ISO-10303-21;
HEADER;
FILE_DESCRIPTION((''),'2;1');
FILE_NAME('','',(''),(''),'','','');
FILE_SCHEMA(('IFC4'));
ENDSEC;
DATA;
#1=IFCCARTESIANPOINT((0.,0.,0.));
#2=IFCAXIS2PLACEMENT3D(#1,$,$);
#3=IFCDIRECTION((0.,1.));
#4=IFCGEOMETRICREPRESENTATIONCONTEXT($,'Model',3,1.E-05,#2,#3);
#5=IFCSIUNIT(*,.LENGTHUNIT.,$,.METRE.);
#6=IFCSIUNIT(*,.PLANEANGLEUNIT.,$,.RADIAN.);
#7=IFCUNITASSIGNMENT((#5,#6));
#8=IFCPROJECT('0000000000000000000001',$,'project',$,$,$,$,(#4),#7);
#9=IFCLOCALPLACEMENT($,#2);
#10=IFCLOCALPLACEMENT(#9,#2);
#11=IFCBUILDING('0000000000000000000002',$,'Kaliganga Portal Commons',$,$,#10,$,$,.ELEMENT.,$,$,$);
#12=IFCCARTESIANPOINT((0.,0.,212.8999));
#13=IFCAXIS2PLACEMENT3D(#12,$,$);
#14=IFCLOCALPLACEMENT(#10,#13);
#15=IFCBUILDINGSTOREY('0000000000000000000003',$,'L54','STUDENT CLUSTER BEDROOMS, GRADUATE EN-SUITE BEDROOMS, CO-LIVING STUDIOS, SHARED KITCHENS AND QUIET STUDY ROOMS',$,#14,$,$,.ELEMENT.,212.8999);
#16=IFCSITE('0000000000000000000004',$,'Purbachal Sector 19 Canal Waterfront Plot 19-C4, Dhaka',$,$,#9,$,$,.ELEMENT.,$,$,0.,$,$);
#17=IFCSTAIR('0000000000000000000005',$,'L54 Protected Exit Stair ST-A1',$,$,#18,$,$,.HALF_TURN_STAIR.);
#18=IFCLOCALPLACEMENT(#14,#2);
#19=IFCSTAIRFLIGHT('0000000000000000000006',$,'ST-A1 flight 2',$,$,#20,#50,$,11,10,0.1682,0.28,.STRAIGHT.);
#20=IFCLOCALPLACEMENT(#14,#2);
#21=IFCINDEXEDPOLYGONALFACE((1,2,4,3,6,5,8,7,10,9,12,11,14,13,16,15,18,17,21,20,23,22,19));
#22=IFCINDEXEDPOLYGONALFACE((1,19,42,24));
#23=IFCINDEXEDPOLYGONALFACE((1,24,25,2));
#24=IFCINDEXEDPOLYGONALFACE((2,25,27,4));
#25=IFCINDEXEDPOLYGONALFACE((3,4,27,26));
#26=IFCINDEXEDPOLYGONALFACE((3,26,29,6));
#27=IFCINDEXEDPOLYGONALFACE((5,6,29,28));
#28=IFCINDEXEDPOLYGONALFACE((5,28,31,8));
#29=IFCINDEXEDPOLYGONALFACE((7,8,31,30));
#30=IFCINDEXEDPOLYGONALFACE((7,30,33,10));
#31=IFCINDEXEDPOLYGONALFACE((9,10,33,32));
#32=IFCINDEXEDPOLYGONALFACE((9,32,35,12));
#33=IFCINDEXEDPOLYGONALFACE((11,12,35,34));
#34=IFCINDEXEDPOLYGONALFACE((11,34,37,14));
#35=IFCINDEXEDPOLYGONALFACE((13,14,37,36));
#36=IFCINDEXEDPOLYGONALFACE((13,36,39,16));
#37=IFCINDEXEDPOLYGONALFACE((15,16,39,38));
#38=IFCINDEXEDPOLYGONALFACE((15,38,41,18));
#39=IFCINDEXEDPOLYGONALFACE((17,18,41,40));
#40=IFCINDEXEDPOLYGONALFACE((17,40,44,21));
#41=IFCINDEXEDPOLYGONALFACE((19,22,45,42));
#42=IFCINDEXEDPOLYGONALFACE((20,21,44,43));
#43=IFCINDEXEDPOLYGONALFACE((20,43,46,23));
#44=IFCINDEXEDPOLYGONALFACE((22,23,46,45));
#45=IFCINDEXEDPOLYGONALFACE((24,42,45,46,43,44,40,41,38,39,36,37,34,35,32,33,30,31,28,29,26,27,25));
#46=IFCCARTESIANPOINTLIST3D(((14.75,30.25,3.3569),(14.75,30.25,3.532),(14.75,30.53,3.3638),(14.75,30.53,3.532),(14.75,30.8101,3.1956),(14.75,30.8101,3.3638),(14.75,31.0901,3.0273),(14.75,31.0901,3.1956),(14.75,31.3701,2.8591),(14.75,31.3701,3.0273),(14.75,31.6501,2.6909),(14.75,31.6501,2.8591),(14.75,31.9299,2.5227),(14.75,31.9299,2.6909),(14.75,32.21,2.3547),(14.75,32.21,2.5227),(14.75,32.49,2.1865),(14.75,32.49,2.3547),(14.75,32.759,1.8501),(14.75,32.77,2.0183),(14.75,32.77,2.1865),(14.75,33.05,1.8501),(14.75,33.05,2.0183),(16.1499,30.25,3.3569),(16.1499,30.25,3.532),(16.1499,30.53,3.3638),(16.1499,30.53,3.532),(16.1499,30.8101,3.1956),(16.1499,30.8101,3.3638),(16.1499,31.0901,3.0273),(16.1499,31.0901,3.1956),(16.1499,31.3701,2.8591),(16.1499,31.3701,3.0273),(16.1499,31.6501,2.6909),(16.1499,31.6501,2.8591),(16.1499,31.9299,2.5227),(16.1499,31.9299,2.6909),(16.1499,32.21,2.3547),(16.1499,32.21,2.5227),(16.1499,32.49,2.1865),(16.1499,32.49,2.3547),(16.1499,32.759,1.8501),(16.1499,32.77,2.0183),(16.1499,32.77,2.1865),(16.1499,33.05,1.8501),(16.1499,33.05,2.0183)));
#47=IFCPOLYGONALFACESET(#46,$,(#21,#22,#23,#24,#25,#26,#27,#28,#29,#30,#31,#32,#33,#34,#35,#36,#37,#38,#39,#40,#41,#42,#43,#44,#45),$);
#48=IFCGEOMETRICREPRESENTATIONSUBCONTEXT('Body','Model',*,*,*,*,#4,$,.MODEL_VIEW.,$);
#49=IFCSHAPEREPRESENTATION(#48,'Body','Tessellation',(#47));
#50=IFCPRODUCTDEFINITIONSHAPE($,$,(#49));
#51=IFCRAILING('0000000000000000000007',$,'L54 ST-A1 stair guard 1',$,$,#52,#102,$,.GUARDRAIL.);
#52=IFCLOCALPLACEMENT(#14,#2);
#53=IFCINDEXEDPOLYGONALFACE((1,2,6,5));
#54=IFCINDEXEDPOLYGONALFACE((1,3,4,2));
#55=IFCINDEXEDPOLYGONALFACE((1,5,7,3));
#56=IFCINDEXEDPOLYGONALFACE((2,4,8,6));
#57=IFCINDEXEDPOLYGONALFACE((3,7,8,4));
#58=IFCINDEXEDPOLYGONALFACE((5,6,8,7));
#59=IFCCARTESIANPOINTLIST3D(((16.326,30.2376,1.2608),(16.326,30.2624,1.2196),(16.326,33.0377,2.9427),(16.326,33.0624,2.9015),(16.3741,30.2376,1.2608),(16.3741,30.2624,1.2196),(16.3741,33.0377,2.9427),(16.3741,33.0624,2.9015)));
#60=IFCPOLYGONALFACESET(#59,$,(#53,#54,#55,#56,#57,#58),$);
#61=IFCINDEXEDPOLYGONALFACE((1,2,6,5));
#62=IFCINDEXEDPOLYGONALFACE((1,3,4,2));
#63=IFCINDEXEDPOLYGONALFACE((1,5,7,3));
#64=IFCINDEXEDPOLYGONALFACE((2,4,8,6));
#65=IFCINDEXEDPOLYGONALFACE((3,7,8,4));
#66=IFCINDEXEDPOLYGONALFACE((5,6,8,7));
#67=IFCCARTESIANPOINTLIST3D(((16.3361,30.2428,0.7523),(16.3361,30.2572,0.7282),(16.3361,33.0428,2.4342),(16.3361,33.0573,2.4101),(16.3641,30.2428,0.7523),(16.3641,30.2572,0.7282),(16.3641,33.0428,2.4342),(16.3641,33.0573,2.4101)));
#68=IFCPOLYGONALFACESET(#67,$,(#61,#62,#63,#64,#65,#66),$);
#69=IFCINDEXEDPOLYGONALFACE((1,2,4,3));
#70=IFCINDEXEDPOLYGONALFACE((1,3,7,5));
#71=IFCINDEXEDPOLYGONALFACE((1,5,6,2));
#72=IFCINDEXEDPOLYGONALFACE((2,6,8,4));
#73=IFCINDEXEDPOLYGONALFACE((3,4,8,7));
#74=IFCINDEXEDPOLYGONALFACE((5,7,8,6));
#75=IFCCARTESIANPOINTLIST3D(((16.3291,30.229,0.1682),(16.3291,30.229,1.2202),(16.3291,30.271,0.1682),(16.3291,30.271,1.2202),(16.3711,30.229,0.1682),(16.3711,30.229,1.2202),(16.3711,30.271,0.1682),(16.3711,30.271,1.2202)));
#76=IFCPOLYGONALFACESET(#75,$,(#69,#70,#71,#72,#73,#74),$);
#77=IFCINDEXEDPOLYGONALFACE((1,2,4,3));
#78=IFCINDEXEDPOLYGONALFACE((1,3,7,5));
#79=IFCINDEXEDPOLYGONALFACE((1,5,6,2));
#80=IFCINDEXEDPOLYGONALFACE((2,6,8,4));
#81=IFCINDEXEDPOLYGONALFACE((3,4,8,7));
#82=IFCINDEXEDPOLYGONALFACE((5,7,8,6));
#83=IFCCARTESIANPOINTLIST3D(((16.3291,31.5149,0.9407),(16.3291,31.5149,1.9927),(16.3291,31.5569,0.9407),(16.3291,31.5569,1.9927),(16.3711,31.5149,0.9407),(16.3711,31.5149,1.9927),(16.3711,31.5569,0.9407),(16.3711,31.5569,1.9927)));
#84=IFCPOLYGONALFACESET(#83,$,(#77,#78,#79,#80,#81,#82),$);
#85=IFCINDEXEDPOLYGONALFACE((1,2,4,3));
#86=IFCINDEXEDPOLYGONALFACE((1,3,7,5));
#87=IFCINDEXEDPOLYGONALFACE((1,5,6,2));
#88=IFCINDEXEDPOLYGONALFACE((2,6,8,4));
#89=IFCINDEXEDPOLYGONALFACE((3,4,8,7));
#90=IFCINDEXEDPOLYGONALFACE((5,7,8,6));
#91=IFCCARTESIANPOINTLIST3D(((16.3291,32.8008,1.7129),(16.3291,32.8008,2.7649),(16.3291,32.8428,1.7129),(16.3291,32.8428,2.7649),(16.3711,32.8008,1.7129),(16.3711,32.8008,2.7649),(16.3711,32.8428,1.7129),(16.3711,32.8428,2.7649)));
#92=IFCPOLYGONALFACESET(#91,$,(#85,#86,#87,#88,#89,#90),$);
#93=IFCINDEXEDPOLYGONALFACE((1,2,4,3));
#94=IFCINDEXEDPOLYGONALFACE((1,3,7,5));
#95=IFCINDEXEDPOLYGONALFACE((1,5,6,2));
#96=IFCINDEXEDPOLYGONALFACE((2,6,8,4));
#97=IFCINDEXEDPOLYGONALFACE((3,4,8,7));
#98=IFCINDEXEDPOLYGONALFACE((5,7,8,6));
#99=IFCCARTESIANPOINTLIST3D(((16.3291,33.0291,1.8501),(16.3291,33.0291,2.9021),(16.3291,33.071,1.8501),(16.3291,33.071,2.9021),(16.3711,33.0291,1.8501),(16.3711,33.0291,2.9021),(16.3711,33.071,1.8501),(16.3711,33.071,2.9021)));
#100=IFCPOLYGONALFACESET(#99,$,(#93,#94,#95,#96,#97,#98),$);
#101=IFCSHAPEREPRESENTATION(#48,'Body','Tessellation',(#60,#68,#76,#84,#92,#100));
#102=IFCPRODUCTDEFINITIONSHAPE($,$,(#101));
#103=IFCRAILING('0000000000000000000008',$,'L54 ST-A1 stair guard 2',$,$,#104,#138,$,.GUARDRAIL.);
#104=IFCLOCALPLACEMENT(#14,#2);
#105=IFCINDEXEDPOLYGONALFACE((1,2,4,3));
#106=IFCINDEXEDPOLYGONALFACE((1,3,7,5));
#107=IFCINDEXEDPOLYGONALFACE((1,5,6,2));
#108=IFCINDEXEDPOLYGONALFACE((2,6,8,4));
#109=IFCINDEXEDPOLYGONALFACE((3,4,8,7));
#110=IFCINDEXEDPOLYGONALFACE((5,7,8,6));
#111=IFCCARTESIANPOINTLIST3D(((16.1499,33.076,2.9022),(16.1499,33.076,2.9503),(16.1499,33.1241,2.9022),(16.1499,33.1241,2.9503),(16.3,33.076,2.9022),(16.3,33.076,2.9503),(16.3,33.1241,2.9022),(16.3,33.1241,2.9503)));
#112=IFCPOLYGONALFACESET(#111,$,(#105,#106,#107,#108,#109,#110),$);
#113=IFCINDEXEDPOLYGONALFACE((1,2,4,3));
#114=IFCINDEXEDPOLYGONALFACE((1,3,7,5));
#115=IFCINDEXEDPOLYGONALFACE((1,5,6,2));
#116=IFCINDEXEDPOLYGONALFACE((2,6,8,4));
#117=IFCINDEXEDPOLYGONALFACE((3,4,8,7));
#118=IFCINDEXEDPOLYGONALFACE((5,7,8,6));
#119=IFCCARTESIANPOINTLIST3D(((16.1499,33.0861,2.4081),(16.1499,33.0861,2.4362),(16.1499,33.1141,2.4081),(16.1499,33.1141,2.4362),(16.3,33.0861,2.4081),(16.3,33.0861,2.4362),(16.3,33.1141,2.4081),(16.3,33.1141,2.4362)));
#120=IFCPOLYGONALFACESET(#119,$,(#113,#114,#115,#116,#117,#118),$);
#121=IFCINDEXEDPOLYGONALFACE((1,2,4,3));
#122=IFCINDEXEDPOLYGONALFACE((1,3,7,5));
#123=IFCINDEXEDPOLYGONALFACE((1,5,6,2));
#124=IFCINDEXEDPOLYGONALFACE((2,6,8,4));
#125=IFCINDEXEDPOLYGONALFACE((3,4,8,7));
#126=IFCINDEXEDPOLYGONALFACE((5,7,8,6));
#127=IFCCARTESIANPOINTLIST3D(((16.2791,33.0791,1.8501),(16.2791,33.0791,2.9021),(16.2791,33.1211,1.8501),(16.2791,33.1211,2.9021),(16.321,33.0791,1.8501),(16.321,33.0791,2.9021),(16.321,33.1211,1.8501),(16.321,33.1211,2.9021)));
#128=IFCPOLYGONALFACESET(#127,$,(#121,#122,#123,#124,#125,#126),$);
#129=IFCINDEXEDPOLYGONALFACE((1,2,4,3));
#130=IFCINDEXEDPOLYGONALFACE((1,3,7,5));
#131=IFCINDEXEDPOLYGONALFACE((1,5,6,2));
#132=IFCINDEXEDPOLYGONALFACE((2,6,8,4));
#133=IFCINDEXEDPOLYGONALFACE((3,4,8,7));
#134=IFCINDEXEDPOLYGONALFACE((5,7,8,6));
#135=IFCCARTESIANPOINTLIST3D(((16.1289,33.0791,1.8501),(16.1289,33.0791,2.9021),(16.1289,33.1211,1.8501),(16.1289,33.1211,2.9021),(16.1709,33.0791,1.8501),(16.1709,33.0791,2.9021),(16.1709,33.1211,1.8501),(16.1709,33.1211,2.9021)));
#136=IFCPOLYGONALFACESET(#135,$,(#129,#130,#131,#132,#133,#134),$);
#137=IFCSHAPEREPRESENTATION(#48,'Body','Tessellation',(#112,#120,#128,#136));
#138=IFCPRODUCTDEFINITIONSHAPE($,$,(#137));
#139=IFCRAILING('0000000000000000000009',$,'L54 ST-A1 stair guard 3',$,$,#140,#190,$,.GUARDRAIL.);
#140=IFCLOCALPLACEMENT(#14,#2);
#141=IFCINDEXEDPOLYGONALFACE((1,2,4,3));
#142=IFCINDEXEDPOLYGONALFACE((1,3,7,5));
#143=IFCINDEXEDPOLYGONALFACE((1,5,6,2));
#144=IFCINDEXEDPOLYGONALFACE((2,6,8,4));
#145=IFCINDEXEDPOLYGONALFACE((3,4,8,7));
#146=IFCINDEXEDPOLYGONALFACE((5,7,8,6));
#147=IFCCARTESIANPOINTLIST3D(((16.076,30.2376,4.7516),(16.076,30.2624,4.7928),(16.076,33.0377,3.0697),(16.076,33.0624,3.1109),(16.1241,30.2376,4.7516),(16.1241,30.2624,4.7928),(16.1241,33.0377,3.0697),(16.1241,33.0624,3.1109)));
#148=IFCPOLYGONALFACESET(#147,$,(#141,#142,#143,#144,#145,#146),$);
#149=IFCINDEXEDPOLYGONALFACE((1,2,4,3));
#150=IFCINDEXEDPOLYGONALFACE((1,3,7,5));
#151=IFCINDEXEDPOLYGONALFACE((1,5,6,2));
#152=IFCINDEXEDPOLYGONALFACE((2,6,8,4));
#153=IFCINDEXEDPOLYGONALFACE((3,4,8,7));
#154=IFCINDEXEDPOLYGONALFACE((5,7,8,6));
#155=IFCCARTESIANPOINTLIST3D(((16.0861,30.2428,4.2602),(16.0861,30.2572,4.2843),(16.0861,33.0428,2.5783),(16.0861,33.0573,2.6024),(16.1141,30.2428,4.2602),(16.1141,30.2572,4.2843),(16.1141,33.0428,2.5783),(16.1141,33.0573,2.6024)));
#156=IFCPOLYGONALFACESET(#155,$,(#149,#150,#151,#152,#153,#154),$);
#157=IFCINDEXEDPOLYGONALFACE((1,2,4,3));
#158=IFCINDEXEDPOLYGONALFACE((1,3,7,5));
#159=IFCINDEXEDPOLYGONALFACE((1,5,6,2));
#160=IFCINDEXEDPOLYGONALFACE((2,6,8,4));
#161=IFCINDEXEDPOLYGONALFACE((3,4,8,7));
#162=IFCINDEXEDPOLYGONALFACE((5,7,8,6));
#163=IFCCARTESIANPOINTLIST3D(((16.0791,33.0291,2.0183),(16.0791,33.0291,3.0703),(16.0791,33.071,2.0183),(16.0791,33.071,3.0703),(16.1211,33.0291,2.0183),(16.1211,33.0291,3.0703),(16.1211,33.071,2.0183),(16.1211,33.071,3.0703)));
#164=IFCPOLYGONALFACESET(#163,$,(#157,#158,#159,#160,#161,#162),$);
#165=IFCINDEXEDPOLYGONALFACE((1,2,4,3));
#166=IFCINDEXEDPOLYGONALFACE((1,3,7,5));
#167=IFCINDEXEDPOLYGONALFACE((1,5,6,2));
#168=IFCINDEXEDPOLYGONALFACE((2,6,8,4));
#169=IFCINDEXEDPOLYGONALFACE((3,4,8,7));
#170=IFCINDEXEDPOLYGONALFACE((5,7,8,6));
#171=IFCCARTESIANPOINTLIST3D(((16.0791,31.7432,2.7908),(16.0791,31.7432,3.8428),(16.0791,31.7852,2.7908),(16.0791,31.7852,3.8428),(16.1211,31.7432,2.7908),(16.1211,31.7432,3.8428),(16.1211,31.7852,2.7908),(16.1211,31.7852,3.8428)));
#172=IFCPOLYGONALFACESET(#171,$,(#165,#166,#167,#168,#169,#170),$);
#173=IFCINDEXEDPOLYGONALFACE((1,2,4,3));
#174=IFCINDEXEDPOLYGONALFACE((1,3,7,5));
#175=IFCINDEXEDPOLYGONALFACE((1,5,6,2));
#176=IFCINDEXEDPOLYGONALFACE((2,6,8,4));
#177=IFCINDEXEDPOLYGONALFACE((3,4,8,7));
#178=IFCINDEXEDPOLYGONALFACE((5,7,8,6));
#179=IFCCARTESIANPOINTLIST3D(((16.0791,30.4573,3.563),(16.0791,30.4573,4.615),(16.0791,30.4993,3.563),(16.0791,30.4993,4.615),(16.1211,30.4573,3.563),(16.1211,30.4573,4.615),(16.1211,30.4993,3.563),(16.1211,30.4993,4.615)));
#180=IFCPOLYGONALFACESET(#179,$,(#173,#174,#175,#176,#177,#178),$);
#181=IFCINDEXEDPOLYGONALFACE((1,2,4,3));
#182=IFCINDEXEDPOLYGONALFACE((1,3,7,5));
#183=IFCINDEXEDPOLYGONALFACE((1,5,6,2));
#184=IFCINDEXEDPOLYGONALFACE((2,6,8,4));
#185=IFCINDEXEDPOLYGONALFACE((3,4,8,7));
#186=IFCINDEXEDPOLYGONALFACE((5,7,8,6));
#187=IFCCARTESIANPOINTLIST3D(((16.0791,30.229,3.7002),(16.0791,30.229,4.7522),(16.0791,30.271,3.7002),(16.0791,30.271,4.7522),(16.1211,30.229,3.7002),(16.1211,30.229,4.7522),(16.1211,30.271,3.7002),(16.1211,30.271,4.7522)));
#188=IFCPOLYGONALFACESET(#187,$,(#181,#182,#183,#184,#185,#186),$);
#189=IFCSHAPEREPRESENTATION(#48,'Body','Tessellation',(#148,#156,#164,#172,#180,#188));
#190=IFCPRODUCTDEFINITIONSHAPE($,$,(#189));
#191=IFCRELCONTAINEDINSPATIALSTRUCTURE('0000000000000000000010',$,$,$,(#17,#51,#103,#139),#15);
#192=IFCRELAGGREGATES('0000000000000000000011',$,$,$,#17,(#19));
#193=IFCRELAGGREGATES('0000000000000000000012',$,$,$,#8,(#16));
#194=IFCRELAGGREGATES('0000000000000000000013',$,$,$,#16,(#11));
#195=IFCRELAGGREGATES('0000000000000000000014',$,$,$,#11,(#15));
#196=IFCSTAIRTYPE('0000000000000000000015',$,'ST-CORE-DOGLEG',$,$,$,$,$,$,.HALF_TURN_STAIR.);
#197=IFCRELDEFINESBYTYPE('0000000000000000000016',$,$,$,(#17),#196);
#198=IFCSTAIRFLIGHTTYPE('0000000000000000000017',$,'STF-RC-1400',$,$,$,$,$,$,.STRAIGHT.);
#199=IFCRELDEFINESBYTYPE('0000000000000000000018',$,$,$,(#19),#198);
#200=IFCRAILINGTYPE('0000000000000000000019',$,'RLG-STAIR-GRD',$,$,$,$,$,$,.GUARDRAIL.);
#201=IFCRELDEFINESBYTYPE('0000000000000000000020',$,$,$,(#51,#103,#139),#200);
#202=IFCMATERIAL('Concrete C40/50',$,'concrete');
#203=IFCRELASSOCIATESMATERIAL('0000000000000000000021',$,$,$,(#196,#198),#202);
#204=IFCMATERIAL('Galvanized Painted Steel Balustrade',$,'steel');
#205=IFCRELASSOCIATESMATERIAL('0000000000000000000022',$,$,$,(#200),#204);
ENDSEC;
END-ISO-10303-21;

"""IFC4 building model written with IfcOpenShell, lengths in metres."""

from ifc_helpers import new_model, si_unit, direction, frame, origin, origin_2d, place, context, subcontext, project, spatial, polyline, rectangle, outline, extrude, material, type_object, element, aggregate, save


model = new_model("IFC4")

# Units and contexts
model_context = context("Model", 3, precision=1e-05, world=origin(), true_north=direction((0.0, 1.0)))
body_context = subcontext(model_context, "Body", "Model", "MODEL_VIEW")
ifc_project = project(units=[si_unit("LENGTHUNIT", "METRE"), si_unit("PLANEANGLEUNIT", "RADIAN")], contexts=[model_context])

# Site, building, storey
site_placement = place(None, origin())
site = spatial("IfcSite", under=ifc_project, at=site_placement, Name="Purbachal Sector 19 Canal Waterfront Plot 19-C4, Dhaka", CompositionType="ELEMENT", RefElevation=0.0)
building_placement = place(site_placement, origin())
building = spatial("IfcBuilding", under=site, at=building_placement, Name="Kaliganga Portal Commons", CompositionType="ELEMENT")
storey_placement = place(building_placement, frame((0.0, 0.0, 212.8999)))
storey = spatial("IfcBuildingStorey", under=building, at=storey_placement, Name="L54", Description="STUDENT CLUSTER BEDROOMS, GRADUATE EN-SUITE BEDROOMS, CO-LIVING STUDIOS, SHARED KITCHENS AND QUIET STUDY ROOMS", CompositionType="ELEMENT", Elevation=212.8999)

# Stair, stair flight
ifc_material_1 = material(Name="Concrete C40/50", Category="concrete")
stair_type = type_object("IfcStairType", Name="ST-CORE-DOGLEG", PredefinedType="HALF_TURN_STAIR", material=ifc_material_1)
stair_placement = place(storey_placement, origin())
stair = element("IfcStair", 1, at=stair_placement, inside=storey, type_object=stair_type, Name="L54 Protected Exit Stair ST-A1", PredefinedType="HALF_TURN_STAIR")
stair_flight_type = type_object("IfcStairFlightType", Name="STF-RC-1400", PredefinedType="STRAIGHT", material=ifc_material_1)
stair_flight_1_placement = place(storey_placement, frame((15.45, 33.05, 1.8501), z_axis=(0.0, 0.0, 1.0), x_axis=(0.0, -1.0, 0.0)))
stair_flight_1 = element("IfcStairFlight", 2, at=stair_flight_1_placement, type_object=stair_flight_type, Name="ST-A1 flight 2", NumberOfRisers=11, NumberOfTreads=10, PredefinedType="STRAIGHT", RiserHeight=0.1682, TreadLength=0.28, context=body_context, shape_type="SweptSolid", body=[
    extrude(outline(polyline([(0.0, 0.0), (0.0, 0.1682), (0.28, 0.1682), (0.28, 0.3364), (0.5601, 0.3364), (0.5601, 0.5046), (0.8401, 0.5046), (0.8401, 0.6726), (1.1201, 0.6726), (1.1201, 0.8408), (1.3999, 0.8408), (1.3999, 1.009), (1.6799, 1.009), (1.6799, 1.1772), (1.96, 1.1772), (1.96, 1.3455), (2.24, 1.3455), (2.24, 1.5137), (2.52, 1.5137), (2.52, 1.6819), (2.8, 1.6819), (2.8, 1.8501), (2.8, 1.5068), (0.291, 0.0), (0.0, 0.0)])), frame((0.0, 0.7, 0.0), z_axis=(0.0, -1.0, 0.0), x_axis=(1.0, 0.0, 0.0)), (0.0, 0.0, 1.0), 1.3999),
])
aggregate(stair, [stair_flight_1])

# Railings
ifc_material_2 = material(Name="Galvanized Painted Steel Balustrade", Category="steel")
railing_type_1 = type_object("IfcRailingType", Name="RLG-STAIR-GRD", PredefinedType="GUARDRAIL", material=ifc_material_2)
railing_1_placement = place(storey_placement, frame((16.3501, 30.25, 0.1682)))
element("IfcRailing", 3, at=railing_1_placement, inside=storey, type_object=railing_type_1, Name="L54 ST-A1 stair guard 1", PredefinedType="GUARDRAIL", context=body_context, shape_type="SweptSolid", body=[
    extrude(rectangle(XDim=0.0481, YDim=0.0481, at=origin_2d()), frame((0.0, 0.0, 1.072), z_axis=(0.0, 0.857242, 0.514913), x_axis=(-1.0, 0.0, 0.0)), (0.0, 0.0, 1.0), 3.2664),
    extrude(rectangle(XDim=0.0281, YDim=0.0281, at=origin_2d()), frame((0.0, 0.0, 0.572), z_axis=(0.0, 0.857242, 0.514913), x_axis=(-1.0, 0.0, 0.0)), (0.0, 0.0, 1.0), 3.2664),
    extrude(rectangle(XDim=0.042, YDim=0.042, at=origin_2d()), origin(), (0.0, 0.0, 1.0), 1.052),
    extrude(rectangle(XDim=0.042, YDim=0.042, at=origin_2d()), frame((0.0, 1.2859, 0.7725)), (0.0, 0.0, 1.0), 1.052),
    extrude(rectangle(XDim=0.042, YDim=0.042, at=origin_2d()), frame((0.0, 2.5718, 1.5447)), (0.0, 0.0, 1.0), 1.052),
    extrude(rectangle(XDim=0.042, YDim=0.042, at=origin_2d()), frame((0.0, 2.8, 1.6819)), (0.0, 0.0, 1.0), 1.052),
])
railing_2_placement = place(storey_placement, frame((16.3, 33.1001, 1.8501)))
element("IfcRailing", 4, at=railing_2_placement, inside=storey, type_object=railing_type_1, Name="L54 ST-A1 stair guard 2", PredefinedType="GUARDRAIL", context=body_context, shape_type="SweptSolid", body=[
    extrude(rectangle(XDim=0.0481, YDim=0.0481, at=origin_2d()), frame((0.0, 0.0, 1.0762), z_axis=(-1.0, 0.0, 0.0), x_axis=(0.0, -1.0, 0.0)), (0.0, 0.0, 1.0), 0.1501),
    extrude(rectangle(XDim=0.0281, YDim=0.0281, at=origin_2d()), frame((0.0, 0.0, 0.572), z_axis=(-1.0, 0.0, 0.0), x_axis=(0.0, -1.0, 0.0)), (0.0, 0.0, 1.0), 0.1501),
    extrude(rectangle(XDim=0.042, YDim=0.042, at=origin_2d()), origin(), (0.0, 0.0, 1.0), 1.052),
    extrude(rectangle(XDim=0.042, YDim=0.042, at=origin_2d()), frame((-0.1501, 0.0, 0.0)), (0.0, 0.0, 1.0), 1.052),
])
railing_3_placement = place(storey_placement, frame((16.1001, 33.05, 2.0183)))
element("IfcRailing", 5, at=railing_3_placement, inside=storey, type_object=railing_type_1, Name="L54 ST-A1 stair guard 3", PredefinedType="GUARDRAIL", context=body_context, shape_type="SweptSolid", body=[
    extrude(rectangle(XDim=0.0481, YDim=0.0481, at=origin_2d()), frame((0.0, 0.0, 1.072), z_axis=(0.0, -0.857242, 0.514913), x_axis=(1.0, 0.0, 0.0)), (0.0, 0.0, 1.0), 3.2664),
    extrude(rectangle(XDim=0.0281, YDim=0.0281, at=origin_2d()), frame((0.0, 0.0, 0.572), z_axis=(0.0, -0.857242, 0.514913), x_axis=(1.0, 0.0, 0.0)), (0.0, 0.0, 1.0), 3.2664),
    extrude(rectangle(XDim=0.042, YDim=0.042, at=origin_2d()), origin(), (0.0, 0.0, 1.0), 1.052),
    extrude(rectangle(XDim=0.042, YDim=0.042, at=origin_2d()), frame((0.0, -1.2859, 0.7725)), (0.0, 0.0, 1.0), 1.052),
    extrude(rectangle(XDim=0.042, YDim=0.042, at=origin_2d()), frame((0.0, -2.5718, 1.5447)), (0.0, 0.0, 1.0), 1.052),
    extrude(rectangle(XDim=0.042, YDim=0.042, at=origin_2d()), frame((0.0, -2.8, 1.6819)), (0.0, 0.0, 1.0), 1.052),
])

save(model, "model.ifc")
